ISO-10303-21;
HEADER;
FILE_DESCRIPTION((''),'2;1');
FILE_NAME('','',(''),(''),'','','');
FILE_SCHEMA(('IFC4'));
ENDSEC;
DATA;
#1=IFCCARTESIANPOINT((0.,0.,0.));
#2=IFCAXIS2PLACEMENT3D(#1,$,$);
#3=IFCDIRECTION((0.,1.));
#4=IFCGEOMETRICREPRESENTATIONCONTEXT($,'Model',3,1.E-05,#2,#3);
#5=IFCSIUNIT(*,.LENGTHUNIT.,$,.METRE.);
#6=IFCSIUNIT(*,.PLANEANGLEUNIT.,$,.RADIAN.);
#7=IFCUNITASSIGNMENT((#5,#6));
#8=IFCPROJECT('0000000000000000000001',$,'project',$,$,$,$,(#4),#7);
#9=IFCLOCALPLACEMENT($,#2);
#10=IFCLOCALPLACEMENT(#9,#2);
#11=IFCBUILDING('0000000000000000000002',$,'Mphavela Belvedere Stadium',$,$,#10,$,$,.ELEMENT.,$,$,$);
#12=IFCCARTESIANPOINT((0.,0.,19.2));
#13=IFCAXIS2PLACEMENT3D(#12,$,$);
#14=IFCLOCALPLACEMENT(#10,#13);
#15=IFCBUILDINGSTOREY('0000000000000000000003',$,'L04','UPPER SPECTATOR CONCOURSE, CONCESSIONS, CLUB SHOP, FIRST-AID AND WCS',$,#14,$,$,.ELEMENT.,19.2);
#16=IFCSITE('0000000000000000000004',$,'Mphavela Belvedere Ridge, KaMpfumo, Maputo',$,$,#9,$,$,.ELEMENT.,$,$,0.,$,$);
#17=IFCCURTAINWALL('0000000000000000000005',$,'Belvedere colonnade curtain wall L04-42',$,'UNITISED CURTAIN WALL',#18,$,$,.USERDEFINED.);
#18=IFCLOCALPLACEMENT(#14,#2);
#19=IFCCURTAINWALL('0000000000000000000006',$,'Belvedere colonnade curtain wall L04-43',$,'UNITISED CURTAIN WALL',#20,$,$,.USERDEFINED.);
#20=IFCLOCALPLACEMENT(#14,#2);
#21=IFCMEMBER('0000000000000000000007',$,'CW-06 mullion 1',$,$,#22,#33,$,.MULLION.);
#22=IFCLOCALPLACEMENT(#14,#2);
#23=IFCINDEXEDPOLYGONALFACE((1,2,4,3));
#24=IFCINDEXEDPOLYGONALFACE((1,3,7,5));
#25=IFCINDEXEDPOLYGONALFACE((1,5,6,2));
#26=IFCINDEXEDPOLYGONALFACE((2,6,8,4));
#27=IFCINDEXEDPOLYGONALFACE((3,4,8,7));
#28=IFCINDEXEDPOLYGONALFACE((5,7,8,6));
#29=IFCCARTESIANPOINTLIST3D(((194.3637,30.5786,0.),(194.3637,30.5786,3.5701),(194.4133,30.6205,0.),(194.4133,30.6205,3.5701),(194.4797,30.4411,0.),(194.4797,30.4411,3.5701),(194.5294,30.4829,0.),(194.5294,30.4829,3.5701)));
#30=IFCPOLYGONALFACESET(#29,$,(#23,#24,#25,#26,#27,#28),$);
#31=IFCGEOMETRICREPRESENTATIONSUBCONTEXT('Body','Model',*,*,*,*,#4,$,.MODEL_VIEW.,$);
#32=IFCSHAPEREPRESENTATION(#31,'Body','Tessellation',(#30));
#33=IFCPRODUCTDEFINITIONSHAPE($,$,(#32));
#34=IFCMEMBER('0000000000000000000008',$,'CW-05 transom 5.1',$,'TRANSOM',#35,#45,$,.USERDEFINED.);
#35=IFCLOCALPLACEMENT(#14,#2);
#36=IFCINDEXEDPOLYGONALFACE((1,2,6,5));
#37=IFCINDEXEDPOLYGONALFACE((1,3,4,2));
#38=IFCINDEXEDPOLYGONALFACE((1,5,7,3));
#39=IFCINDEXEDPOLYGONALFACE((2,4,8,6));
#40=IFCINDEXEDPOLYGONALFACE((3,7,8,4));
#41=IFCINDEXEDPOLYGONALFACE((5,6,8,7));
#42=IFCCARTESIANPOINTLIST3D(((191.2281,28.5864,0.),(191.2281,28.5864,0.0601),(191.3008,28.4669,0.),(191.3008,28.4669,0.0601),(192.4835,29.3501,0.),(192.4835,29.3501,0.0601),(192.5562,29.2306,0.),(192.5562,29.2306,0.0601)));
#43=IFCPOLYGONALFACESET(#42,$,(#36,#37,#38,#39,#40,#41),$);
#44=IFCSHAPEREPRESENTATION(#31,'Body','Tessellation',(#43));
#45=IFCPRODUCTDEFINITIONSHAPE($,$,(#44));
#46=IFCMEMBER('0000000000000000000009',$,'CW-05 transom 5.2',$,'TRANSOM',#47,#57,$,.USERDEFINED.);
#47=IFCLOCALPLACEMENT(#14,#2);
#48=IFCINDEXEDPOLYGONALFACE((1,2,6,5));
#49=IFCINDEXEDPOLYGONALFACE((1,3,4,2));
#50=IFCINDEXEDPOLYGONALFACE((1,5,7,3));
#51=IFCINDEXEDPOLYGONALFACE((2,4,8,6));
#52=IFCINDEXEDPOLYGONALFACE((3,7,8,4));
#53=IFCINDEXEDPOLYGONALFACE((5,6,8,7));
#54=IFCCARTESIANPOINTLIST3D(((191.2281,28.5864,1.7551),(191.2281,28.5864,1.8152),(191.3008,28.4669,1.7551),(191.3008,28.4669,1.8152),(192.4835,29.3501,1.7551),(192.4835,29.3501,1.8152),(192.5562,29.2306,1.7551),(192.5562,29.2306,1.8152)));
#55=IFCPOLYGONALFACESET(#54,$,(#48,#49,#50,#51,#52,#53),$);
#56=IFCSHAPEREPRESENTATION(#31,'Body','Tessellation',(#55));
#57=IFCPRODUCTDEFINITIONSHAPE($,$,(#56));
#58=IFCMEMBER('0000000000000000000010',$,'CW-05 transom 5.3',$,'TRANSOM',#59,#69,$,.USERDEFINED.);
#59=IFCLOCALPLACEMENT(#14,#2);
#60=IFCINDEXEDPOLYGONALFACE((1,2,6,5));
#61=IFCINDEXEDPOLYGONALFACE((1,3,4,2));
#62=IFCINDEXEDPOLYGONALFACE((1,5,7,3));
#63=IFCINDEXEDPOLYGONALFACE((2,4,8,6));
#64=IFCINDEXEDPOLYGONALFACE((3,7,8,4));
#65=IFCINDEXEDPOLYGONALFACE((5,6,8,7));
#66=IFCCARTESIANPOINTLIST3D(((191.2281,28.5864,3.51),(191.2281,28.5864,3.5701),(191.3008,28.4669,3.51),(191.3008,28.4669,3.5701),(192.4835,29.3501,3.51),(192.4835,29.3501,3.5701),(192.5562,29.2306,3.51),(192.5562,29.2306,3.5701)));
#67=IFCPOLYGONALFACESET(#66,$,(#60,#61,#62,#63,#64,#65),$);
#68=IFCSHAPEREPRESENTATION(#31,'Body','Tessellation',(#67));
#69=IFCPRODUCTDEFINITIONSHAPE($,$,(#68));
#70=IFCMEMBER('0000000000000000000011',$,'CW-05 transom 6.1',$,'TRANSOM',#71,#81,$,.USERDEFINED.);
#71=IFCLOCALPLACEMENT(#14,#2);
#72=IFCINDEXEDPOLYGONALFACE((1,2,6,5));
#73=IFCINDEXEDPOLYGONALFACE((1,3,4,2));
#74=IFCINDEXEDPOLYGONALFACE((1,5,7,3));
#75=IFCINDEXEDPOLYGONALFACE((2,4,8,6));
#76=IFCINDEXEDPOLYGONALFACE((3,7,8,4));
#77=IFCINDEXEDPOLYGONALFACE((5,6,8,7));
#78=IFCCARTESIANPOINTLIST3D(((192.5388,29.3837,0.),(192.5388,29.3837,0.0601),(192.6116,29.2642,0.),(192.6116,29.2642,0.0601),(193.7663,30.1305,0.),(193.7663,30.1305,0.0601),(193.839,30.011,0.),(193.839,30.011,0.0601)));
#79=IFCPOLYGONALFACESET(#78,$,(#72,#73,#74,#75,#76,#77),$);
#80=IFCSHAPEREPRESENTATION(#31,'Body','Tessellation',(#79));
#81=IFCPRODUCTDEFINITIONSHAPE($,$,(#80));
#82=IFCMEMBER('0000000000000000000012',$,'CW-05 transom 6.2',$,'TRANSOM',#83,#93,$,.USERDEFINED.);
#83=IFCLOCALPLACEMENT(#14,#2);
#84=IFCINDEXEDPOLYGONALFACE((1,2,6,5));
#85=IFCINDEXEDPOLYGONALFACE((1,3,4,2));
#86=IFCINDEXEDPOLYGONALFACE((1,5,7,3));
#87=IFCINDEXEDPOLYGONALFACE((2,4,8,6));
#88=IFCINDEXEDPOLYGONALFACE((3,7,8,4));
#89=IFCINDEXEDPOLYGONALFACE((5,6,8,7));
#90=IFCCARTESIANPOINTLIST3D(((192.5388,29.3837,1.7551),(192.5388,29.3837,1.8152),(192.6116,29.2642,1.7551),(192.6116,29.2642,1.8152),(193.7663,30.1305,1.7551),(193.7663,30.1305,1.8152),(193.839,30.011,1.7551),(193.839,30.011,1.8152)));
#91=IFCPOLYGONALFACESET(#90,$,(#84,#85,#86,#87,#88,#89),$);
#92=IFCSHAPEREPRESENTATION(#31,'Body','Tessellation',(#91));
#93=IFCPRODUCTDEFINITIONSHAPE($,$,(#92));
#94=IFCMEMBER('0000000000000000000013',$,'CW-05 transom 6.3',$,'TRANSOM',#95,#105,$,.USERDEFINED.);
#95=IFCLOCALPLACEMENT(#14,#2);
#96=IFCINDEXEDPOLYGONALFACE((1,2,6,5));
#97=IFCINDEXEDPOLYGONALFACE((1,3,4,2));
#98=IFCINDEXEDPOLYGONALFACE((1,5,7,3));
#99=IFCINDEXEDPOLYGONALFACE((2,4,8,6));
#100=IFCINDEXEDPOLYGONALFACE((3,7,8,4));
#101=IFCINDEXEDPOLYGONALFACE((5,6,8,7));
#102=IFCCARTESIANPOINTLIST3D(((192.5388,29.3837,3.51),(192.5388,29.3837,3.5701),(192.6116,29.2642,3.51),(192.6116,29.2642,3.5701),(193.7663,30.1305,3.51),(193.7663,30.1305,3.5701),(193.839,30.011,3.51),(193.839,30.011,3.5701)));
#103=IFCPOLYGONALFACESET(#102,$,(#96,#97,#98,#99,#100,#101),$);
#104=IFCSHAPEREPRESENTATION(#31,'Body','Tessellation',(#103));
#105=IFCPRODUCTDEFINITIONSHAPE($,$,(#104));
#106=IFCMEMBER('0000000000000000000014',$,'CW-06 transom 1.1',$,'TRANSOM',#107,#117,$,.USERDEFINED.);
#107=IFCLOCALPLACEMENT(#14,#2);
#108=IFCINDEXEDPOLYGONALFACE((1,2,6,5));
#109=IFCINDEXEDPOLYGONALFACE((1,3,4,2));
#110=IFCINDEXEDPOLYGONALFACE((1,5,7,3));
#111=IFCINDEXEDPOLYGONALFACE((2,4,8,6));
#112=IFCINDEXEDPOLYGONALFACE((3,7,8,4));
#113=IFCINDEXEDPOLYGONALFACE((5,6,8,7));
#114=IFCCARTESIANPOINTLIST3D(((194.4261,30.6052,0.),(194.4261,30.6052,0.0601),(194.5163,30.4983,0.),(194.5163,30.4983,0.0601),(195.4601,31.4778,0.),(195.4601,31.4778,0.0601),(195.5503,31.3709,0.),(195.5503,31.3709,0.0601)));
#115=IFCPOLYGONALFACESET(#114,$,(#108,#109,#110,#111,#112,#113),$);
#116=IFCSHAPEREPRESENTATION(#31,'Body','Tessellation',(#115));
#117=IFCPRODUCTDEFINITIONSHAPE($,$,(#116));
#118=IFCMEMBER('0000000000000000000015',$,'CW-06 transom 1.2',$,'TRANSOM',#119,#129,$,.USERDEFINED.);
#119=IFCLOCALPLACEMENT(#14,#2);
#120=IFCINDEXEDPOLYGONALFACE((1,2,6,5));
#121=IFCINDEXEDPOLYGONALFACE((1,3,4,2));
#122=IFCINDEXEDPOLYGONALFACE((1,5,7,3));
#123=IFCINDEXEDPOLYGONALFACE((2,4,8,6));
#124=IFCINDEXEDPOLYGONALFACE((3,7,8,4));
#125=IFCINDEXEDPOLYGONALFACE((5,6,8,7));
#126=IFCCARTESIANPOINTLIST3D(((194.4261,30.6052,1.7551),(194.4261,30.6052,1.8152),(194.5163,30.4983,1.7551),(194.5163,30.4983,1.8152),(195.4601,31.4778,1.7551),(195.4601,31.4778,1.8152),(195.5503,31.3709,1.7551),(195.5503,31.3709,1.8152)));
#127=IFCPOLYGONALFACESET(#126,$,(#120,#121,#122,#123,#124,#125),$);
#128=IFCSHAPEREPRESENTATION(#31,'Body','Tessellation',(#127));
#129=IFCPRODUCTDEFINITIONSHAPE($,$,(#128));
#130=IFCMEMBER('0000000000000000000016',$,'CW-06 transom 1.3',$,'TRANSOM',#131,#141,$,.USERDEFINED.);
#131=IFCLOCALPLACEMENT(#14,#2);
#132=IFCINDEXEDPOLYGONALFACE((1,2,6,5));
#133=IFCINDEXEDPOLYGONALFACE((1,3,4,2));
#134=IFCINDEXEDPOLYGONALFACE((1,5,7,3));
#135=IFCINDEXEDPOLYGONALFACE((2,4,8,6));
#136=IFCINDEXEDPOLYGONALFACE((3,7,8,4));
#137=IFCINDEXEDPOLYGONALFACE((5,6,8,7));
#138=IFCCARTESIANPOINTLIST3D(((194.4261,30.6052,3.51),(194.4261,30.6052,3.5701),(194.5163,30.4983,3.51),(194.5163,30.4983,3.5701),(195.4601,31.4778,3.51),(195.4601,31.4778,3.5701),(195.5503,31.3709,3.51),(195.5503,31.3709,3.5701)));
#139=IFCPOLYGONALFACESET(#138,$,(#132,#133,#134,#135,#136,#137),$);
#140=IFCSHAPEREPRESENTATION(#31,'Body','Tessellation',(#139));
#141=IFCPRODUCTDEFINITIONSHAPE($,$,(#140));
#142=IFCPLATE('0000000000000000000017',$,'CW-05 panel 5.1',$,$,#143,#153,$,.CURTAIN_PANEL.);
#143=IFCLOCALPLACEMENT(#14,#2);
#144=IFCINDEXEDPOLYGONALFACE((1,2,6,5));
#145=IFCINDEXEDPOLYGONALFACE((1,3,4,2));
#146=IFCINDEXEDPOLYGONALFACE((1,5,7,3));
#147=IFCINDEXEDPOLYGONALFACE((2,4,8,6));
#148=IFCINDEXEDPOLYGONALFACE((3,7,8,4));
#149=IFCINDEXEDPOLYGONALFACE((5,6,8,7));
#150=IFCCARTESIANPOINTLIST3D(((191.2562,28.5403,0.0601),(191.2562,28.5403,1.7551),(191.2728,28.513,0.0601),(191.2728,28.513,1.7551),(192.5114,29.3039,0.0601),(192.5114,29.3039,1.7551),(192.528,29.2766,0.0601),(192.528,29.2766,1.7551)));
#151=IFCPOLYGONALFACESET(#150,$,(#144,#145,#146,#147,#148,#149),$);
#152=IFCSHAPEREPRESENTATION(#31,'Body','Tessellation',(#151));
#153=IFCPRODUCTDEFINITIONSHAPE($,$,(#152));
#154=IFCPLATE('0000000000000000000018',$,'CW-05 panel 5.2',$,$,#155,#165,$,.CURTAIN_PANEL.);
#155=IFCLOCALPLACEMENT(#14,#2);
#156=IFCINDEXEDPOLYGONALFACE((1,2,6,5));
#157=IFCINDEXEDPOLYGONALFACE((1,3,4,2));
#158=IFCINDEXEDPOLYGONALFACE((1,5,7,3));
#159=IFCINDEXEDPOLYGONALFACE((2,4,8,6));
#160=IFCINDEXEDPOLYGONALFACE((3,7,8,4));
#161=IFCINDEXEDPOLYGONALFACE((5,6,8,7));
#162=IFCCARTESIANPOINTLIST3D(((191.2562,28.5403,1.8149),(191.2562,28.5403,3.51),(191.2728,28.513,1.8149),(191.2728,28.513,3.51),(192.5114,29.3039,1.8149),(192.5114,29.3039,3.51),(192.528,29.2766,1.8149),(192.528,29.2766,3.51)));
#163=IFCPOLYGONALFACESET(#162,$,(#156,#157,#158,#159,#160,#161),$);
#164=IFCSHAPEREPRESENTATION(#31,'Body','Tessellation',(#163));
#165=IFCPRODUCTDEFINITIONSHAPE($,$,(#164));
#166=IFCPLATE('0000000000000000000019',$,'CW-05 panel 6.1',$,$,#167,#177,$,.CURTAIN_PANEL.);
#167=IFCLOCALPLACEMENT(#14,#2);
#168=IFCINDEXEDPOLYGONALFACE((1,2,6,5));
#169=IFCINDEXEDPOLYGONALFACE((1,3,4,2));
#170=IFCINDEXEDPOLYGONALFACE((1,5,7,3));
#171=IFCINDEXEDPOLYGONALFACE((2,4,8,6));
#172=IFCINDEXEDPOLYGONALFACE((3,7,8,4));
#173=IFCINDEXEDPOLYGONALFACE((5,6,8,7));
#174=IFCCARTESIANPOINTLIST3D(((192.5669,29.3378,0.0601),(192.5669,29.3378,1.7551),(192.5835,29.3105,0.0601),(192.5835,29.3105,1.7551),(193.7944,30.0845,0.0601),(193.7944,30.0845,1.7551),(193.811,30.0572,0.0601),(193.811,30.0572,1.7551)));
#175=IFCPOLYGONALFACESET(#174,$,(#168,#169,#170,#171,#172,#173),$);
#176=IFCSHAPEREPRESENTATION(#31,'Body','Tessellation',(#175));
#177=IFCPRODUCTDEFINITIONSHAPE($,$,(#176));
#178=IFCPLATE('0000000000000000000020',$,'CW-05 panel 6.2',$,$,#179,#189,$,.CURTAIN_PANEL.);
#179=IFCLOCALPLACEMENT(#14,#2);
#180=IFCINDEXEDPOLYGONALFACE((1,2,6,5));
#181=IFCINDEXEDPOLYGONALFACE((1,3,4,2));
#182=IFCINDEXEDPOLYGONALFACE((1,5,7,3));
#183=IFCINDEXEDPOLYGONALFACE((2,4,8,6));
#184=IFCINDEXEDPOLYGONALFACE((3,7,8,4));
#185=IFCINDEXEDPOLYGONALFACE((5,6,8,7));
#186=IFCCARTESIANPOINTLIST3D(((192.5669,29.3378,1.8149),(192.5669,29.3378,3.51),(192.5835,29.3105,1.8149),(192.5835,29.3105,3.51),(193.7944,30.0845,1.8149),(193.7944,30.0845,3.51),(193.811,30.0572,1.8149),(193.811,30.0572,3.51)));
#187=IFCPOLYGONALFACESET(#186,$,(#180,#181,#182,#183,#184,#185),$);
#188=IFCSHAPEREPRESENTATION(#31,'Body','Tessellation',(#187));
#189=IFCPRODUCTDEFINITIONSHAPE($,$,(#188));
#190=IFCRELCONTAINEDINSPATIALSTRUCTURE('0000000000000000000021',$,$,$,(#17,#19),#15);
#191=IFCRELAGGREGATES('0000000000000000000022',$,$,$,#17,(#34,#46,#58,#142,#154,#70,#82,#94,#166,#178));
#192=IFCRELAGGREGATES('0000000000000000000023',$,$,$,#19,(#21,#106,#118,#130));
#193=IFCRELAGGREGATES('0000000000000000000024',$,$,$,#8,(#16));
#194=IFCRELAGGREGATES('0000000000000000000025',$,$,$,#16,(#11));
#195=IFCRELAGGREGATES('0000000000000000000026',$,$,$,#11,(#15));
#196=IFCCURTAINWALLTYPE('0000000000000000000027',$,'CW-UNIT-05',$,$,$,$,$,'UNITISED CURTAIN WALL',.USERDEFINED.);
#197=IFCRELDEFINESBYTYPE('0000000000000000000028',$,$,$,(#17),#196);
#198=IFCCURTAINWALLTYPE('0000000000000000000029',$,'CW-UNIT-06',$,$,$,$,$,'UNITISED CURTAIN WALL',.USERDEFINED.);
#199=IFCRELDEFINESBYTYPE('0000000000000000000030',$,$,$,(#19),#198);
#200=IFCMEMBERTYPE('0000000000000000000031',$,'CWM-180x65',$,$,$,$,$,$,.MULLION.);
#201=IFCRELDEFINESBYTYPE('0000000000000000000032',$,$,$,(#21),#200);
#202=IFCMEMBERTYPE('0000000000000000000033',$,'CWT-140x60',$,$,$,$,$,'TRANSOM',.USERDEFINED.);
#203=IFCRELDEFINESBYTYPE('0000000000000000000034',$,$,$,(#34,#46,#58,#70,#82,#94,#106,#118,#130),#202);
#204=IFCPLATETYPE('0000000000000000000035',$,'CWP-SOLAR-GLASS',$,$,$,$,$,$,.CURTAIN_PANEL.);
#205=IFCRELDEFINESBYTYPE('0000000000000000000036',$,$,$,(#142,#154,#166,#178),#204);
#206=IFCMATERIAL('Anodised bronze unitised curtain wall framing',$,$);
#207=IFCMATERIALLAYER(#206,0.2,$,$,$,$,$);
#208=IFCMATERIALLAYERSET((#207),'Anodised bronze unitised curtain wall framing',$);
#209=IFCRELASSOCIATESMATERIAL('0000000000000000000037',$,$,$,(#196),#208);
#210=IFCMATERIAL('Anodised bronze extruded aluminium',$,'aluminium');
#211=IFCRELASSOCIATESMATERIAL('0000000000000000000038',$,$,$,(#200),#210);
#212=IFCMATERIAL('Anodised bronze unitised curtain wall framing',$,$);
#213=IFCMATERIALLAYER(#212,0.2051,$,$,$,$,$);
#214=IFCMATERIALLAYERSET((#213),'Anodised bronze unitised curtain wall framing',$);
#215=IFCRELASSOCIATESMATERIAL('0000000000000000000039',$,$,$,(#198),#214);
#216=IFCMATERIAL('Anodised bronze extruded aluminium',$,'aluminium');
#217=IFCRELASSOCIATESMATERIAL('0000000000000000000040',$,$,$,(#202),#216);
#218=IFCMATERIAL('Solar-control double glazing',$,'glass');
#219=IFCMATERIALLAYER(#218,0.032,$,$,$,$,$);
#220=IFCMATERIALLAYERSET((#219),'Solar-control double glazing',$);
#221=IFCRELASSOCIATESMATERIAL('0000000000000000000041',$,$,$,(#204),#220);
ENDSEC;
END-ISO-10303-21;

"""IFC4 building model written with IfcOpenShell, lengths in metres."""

from ifc_helpers import new_model, si_unit, direction, frame, origin, origin_2d, place, context, subcontext, project, spatial, rectangle, extrude, material, layer, layer_set, material_profile, profile_set, type_object, element, aggregate, save


model = new_model("IFC4")

# Units and contexts
model_context = context("Model", 3, precision=1e-05, world=origin(), true_north=direction((0.0, 1.0)))
body_context = subcontext(model_context, "Body", "Model", "MODEL_VIEW")
ifc_project = project(units=[si_unit("LENGTHUNIT", "METRE"), si_unit("PLANEANGLEUNIT", "RADIAN")], contexts=[model_context])

# Site, building, storey
site_placement = place(None, origin())
site = spatial("IfcSite", under=ifc_project, at=site_placement, Name="Mphavela Belvedere Ridge, KaMpfumo, Maputo", CompositionType="ELEMENT", RefElevation=0.0)
building_placement = place(site_placement, origin())
building = spatial("IfcBuilding", under=site, at=building_placement, Name="Mphavela Belvedere Stadium", CompositionType="ELEMENT")
storey_placement = place(building_placement, frame((0.0, 0.0, 19.2)))
storey = spatial("IfcBuildingStorey", under=building, at=storey_placement, Name="L04", Description="UPPER SPECTATOR CONCOURSE, CONCESSIONS, CLUB SHOP, FIRST-AID AND WCS", CompositionType="ELEMENT", Elevation=19.2)

# Curtain wall
ifc_material_1 = material(Name="Anodised bronze unitised curtain wall framing")
ifc_layer_1 = layer(ifc_material_1, 0.2)
ifc_layer_set_1 = layer_set([ifc_layer_1], Name="Anodised bronze unitised curtain wall framing")
curtain_wall_type_1 = type_object("IfcCurtainWallType", Name="CW-UNIT-05", ElementType="UNITISED CURTAIN WALL", PredefinedType="USERDEFINED", material=ifc_layer_set_1)
curtain_wall_1_placement = place(storey_placement, origin())
curtain_wall_1 = element("IfcCurtainWall", 1, at=curtain_wall_1_placement, inside=storey, type_object=curtain_wall_type_1, Name="Belvedere colonnade curtain wall L04-42", ObjectType="UNITISED CURTAIN WALL", PredefinedType="USERDEFINED")
ifc_material_2 = material(Name="Anodised bronze extruded aluminium", Category="aluminium")
ifc_material_profile_1 = material_profile(ifc_material_2, rectangle(XDim=0.1799, YDim=0.0649, at=origin_2d()), Name="CW-MUL 180x65")
ifc_profile_set_1 = profile_set([ifc_material_profile_1], Name="Anodised bronze extruded aluminium")
member_type_1 = type_object("IfcMemberType", Name="CWM-180x65", PredefinedType="MULLION", material=ifc_profile_set_1)

# Curtain wall, member
ifc_material_3 = material(Name="Anodised bronze unitised curtain wall framing")
ifc_layer_2 = layer(ifc_material_3, 0.2051)
ifc_layer_set_2 = layer_set([ifc_layer_2], Name="Anodised bronze unitised curtain wall framing")
curtain_wall_type_2 = type_object("IfcCurtainWallType", Name="CW-UNIT-06", ElementType="UNITISED CURTAIN WALL", PredefinedType="USERDEFINED", material=ifc_layer_set_2)
curtain_wall_2_placement = place(storey_placement, origin())
curtain_wall_2 = element("IfcCurtainWall", 2, at=curtain_wall_2_placement, inside=storey, type_object=curtain_wall_type_2, Name="Belvedere colonnade curtain wall L04-43", ObjectType="UNITISED CURTAIN WALL", PredefinedType="USERDEFINED")
member_1_placement = place(storey_placement, frame((194.4465, 30.5308, 0.0), z_axis=(0.0, 0.0, 1.0), x_axis=(-0.644916, 0.764253, 0.0)))
member_1 = element("IfcMember", 3, at=member_1_placement, type_object=member_type_1, Name="CW-06 mullion 1", PredefinedType="MULLION", context=body_context, shape_type="SweptSolid", body=[
    extrude(rectangle(XDim=0.1799, YDim=0.0649, at=origin_2d()), origin(), (0.0, 0.0, 1.0), 3.5701),
])

# Members
ifc_material_4 = material(Name="Anodised bronze extruded aluminium", Category="aluminium")
ifc_material_profile_2 = material_profile(ifc_material_4, rectangle(XDim=0.1399, YDim=0.0601, at=origin_2d()), Name="CW-TRN 140x60")
ifc_profile_set_2 = profile_set([ifc_material_profile_2], Name="Anodised bronze extruded aluminium")
member_type_2 = type_object("IfcMemberType", Name="CWT-140x60", ElementType="TRANSOM", PredefinedType="USERDEFINED", material=ifc_profile_set_2)
member_2_placement = place(storey_placement, frame((191.2644, 28.5266, 0.03), z_axis=(0.85434, 0.519715, 0.0), x_axis=(-0.519715, 0.85434, 0.0)))
member_2 = element("IfcMember", 4, at=member_2_placement, type_object=member_type_2, Name="CW-05 transom 5.1", ObjectType="TRANSOM", PredefinedType="USERDEFINED", context=body_context, shape_type="SweptSolid", body=[
    extrude(rectangle(XDim=0.1399, YDim=0.0601, at=origin_2d()), origin(), (0.0, 0.0, 1.0), 1.4695),
])
member_3_placement = place(storey_placement, frame((191.2644, 28.5266, 1.7852), z_axis=(0.85434, 0.519715, 0.0), x_axis=(-0.519715, 0.85434, 0.0)))
member_3 = element("IfcMember", 5, at=member_3_placement, type_object=member_type_2, Name="CW-05 transom 5.2", ObjectType="TRANSOM", PredefinedType="USERDEFINED", context=body_context, shape_type="SweptSolid", body=[
    extrude(rectangle(XDim=0.1399, YDim=0.0601, at=origin_2d()), origin(), (0.0, 0.0, 1.0), 1.4695),
])
member_4_placement = place(storey_placement, frame((191.2644, 28.5266, 3.54), z_axis=(0.85434, 0.519715, 0.0), x_axis=(-0.519715, 0.85434, 0.0)))
member_4 = element("IfcMember", 6, at=member_4_placement, type_object=member_type_2, Name="CW-05 transom 5.3", ObjectType="TRANSOM", PredefinedType="USERDEFINED", context=body_context, shape_type="SweptSolid", body=[
    extrude(rectangle(XDim=0.1399, YDim=0.0601, at=origin_2d()), origin(), (0.0, 0.0, 1.0), 1.4695),
])
member_5_placement = place(storey_placement, frame((192.5752, 29.324, 0.03), z_axis=(0.854313, 0.519758, 0.0), x_axis=(-0.519758, 0.854313, 0.0)))
member_5 = element("IfcMember", 7, at=member_5_placement, type_object=member_type_2, Name="CW-05 transom 6.1", ObjectType="TRANSOM", PredefinedType="USERDEFINED", context=body_context, shape_type="SweptSolid", body=[
    extrude(rectangle(XDim=0.1399, YDim=0.0601, at=origin_2d()), origin(), (0.0, 0.0, 1.0), 1.4368),
])
member_6_placement = place(storey_placement, frame((192.5752, 29.324, 1.7852), z_axis=(0.854313, 0.519758, 0.0), x_axis=(-0.519758, 0.854313, 0.0)))
member_6 = element("IfcMember", 8, at=member_6_placement, type_object=member_type_2, Name="CW-05 transom 6.2", ObjectType="TRANSOM", PredefinedType="USERDEFINED", context=body_context, shape_type="SweptSolid", body=[
    extrude(rectangle(XDim=0.1399, YDim=0.0601, at=origin_2d()), origin(), (0.0, 0.0, 1.0), 1.4368),
])
member_7_placement = place(storey_placement, frame((192.5752, 29.324, 3.54), z_axis=(0.854313, 0.519758, 0.0), x_axis=(-0.519758, 0.854313, 0.0)))
member_7 = element("IfcMember", 9, at=member_7_placement, type_object=member_type_2, Name="CW-05 transom 6.3", ObjectType="TRANSOM", PredefinedType="USERDEFINED", context=body_context, shape_type="SweptSolid", body=[
    extrude(rectangle(XDim=0.1399, YDim=0.0601, at=origin_2d()), origin(), (0.0, 0.0, 1.0), 1.4368),
])
member_8_placement = place(storey_placement, frame((194.4712, 30.5518, 0.03), z_axis=(0.764228, 0.644947, 0.0), x_axis=(-0.644947, 0.764228, 0.0)))
member_8 = element("IfcMember", 10, at=member_8_placement, type_object=member_type_2, Name="CW-06 transom 1.1", ObjectType="TRANSOM", PredefinedType="USERDEFINED", context=body_context, shape_type="SweptSolid", body=[
    extrude(rectangle(XDim=0.1399, YDim=0.0601, at=origin_2d()), origin(), (0.0, 0.0, 1.0), 1.353),
])
member_9_placement = place(storey_placement, frame((194.4712, 30.5518, 1.7852), z_axis=(0.764228, 0.644947, 0.0), x_axis=(-0.644947, 0.764228, 0.0)))
member_9 = element("IfcMember", 11, at=member_9_placement, type_object=member_type_2, Name="CW-06 transom 1.2", ObjectType="TRANSOM", PredefinedType="USERDEFINED", context=body_context, shape_type="SweptSolid", body=[
    extrude(rectangle(XDim=0.1399, YDim=0.0601, at=origin_2d()), origin(), (0.0, 0.0, 1.0), 1.353),
])
member_10_placement = place(storey_placement, frame((194.4712, 30.5518, 3.54), z_axis=(0.764228, 0.644947, 0.0), x_axis=(-0.644947, 0.764228, 0.0)))
member_10 = element("IfcMember", 12, at=member_10_placement, type_object=member_type_2, Name="CW-06 transom 1.3", ObjectType="TRANSOM", PredefinedType="USERDEFINED", context=body_context, shape_type="SweptSolid", body=[
    extrude(rectangle(XDim=0.1399, YDim=0.0601, at=origin_2d()), origin(), (0.0, 0.0, 1.0), 1.353),
])

# Plates
ifc_material_5 = material(Name="Solar-control double glazing", Category="glass")
ifc_layer_3 = layer(ifc_material_5, 0.032)
ifc_layer_set_3 = layer_set([ifc_layer_3], Name="Solar-control double glazing")
plate_type = type_object("IfcPlateType", Name="CWP-SOLAR-GLASS", PredefinedType="CURTAIN_PANEL", material=ifc_layer_set_3)
plate_1_placement = place(storey_placement, frame((191.8921, 28.9084, 0.0601), z_axis=(0.0, 0.0, 1.0), x_axis=(0.854327, 0.519735, 0.0)))
plate_1 = element("IfcPlate", 13, at=plate_1_placement, type_object=plate_type, Name="CW-05 panel 5.1", PredefinedType="CURTAIN_PANEL", context=body_context, shape_type="SweptSolid", body=[
    extrude(rectangle(XDim=1.4692, YDim=0.032, at=origin_2d()), origin(), (0.0, 0.0, 1.0), 1.6951),
])
plate_2_placement = place(storey_placement, frame((191.8921, 28.9084, 1.8149), z_axis=(0.0, 0.0, 1.0), x_axis=(0.854327, 0.519735, 0.0)))
plate_2 = element("IfcPlate", 14, at=plate_2_placement, type_object=plate_type, Name="CW-05 panel 5.2", PredefinedType="CURTAIN_PANEL", context=body_context, shape_type="SweptSolid", body=[
    extrude(rectangle(XDim=1.4692, YDim=0.032, at=origin_2d()), origin(), (0.0, 0.0, 1.0), 1.6951),
])
plate_3_placement = place(storey_placement, frame((193.189, 29.6975, 0.0601), z_axis=(0.0, 0.0, 1.0), x_axis=(0.854327, 0.519735, 0.0)))
plate_3 = element("IfcPlate", 15, at=plate_3_placement, type_object=plate_type, Name="CW-05 panel 6.1", PredefinedType="CURTAIN_PANEL", context=body_context, shape_type="SweptSolid", body=[
    extrude(rectangle(XDim=1.4368, YDim=0.032, at=origin_2d()), origin(), (0.0, 0.0, 1.0), 1.6951),
])
plate_4_placement = place(storey_placement, frame((193.189, 29.6975, 1.8149), z_axis=(0.0, 0.0, 1.0), x_axis=(0.854327, 0.519735, 0.0)))
plate_4 = element("IfcPlate", 16, at=plate_4_placement, type_object=plate_type, Name="CW-05 panel 6.2", PredefinedType="CURTAIN_PANEL", context=body_context, shape_type="SweptSolid", body=[
    extrude(rectangle(XDim=1.4368, YDim=0.032, at=origin_2d()), origin(), (0.0, 0.0, 1.0), 1.6951),
])
aggregate(curtain_wall_1, [member_2, member_3, member_4, plate_1, plate_2, member_5, member_6, member_7, plate_3, plate_4])
aggregate(curtain_wall_2, [member_1, member_8, member_9, member_10])

save(model, "model.ifc")
